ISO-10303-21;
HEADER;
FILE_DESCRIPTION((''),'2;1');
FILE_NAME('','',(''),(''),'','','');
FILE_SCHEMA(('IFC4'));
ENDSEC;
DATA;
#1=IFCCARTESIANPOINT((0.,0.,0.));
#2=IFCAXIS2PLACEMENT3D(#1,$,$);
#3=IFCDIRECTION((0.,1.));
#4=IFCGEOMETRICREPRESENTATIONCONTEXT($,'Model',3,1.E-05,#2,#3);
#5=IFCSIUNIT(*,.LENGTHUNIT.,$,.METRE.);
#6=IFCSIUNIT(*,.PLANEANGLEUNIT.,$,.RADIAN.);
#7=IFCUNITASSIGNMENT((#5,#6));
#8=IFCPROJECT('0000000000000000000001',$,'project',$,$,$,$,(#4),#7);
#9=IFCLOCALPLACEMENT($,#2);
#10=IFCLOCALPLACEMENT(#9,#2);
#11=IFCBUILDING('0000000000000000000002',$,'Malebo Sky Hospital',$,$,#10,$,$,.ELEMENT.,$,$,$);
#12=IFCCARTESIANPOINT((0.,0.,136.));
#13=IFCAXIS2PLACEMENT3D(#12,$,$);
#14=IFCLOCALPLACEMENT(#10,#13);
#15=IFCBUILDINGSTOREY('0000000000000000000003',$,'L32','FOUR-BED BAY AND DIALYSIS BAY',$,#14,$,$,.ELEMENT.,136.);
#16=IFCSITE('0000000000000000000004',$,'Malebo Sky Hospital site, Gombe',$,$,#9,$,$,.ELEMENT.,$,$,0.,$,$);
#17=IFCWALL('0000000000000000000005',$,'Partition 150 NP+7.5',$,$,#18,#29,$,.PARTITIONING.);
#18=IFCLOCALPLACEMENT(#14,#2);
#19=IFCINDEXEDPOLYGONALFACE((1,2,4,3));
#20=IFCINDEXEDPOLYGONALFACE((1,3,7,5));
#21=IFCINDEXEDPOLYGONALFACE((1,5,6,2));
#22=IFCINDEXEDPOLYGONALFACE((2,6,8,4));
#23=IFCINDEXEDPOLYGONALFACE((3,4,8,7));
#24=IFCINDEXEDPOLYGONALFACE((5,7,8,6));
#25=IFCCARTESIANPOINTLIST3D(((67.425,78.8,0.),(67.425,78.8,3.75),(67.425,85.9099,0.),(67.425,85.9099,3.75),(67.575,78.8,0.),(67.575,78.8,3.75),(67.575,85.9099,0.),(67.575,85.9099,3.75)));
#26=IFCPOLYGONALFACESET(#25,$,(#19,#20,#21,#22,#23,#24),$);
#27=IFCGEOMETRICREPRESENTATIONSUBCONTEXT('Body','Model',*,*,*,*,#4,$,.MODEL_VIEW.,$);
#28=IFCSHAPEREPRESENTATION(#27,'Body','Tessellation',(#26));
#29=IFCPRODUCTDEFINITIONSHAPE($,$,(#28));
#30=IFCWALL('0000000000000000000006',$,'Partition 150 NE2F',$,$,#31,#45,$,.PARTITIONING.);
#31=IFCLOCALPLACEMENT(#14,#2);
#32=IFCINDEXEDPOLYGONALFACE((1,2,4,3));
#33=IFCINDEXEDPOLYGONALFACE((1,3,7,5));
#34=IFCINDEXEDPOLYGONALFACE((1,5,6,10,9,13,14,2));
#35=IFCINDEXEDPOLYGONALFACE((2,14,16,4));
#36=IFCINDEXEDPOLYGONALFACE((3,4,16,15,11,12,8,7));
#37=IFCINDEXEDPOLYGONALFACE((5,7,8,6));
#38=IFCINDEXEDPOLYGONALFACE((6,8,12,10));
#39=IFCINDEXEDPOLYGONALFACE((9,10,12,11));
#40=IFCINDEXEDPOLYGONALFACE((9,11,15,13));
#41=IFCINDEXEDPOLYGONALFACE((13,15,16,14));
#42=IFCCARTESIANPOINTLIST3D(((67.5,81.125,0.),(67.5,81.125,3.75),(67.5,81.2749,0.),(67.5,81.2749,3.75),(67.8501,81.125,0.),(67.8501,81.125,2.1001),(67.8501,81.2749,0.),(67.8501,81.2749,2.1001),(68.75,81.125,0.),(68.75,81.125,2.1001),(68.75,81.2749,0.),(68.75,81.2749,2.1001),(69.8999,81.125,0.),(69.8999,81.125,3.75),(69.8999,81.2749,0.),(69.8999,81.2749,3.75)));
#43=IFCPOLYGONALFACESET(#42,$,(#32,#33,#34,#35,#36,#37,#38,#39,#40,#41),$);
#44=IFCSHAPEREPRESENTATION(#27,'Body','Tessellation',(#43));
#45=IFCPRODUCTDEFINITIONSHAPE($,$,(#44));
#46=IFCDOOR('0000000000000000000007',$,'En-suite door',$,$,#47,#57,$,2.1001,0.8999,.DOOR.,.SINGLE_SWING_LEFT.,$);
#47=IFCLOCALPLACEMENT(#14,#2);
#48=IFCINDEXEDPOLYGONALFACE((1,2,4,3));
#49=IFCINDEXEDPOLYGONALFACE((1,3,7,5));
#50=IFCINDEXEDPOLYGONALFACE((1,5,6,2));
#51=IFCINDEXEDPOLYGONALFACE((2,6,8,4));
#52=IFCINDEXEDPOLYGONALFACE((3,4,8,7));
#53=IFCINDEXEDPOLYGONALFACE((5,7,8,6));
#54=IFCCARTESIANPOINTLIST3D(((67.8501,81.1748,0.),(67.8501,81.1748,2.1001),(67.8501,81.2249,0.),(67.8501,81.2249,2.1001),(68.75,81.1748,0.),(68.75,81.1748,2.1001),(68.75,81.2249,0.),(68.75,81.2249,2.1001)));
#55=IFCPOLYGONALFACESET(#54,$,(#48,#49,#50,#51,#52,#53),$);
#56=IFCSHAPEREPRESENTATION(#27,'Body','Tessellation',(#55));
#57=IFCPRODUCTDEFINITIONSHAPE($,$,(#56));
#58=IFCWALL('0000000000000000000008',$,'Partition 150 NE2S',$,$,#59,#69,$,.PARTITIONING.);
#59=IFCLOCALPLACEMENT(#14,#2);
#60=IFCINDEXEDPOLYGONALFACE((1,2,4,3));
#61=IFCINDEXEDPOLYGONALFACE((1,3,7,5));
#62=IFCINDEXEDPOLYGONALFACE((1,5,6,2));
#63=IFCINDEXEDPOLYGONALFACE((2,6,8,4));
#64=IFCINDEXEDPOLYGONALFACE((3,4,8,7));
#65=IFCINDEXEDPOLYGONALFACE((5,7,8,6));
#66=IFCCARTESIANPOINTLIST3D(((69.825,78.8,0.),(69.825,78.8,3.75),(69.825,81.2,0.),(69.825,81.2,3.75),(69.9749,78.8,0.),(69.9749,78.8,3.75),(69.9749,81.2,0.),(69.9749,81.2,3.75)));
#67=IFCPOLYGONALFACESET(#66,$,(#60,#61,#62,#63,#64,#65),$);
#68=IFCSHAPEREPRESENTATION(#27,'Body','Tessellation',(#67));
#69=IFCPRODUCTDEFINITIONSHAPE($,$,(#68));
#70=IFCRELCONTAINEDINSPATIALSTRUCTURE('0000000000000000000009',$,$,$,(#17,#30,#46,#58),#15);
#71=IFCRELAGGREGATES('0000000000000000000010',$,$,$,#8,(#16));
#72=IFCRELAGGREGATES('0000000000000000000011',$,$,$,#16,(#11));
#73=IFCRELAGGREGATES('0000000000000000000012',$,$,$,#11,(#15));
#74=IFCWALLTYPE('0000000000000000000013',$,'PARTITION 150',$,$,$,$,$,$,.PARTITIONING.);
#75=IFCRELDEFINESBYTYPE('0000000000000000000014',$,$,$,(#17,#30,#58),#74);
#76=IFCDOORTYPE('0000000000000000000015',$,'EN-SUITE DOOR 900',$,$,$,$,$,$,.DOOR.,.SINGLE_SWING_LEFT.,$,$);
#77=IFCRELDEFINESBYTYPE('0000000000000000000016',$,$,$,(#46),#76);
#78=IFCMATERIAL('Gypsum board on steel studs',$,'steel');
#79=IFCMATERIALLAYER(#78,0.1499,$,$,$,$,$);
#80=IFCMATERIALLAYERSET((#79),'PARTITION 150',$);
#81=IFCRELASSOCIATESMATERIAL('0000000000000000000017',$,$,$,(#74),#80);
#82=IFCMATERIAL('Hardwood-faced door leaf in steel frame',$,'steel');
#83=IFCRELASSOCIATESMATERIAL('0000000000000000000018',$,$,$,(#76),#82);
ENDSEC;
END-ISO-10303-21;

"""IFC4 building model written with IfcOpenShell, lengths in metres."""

from ifc_helpers import new_model, si_unit, direction, frame, frame_2d, origin, place, context, subcontext, project, spatial, rectangle, extrude, material, layer, layer_set, type_object, element, fill, save


model = new_model("IFC4")

# Units and contexts
model_context = context("Model", 3, precision=1e-05, world=origin(), true_north=direction((0.0, 1.0)))
body_context = subcontext(model_context, "Body", "Model", "MODEL_VIEW")
ifc_project = project(units=[si_unit("LENGTHUNIT", "METRE"), si_unit("PLANEANGLEUNIT", "RADIAN")], contexts=[model_context])

# Site, building, storey
site_placement = place(None, origin())
site = spatial("IfcSite", under=ifc_project, at=site_placement, Name="Malebo Sky Hospital site, Gombe", CompositionType="ELEMENT", RefElevation=0.0)
building_placement = place(site_placement, origin())
building = spatial("IfcBuilding", under=site, at=building_placement, Name="Malebo Sky Hospital", CompositionType="ELEMENT")
storey_placement = place(building_placement, frame((0.0, 0.0, 136.0)))
storey = spatial("IfcBuildingStorey", under=building, at=storey_placement, Name="L32", Description="FOUR-BED BAY AND DIALYSIS BAY", CompositionType="ELEMENT", Elevation=136.0)

# Shared definitions
ifc_material_1 = material(Name="Gypsum board on steel studs", Category="steel")
ifc_material_2 = material(Name="Hardwood-faced door leaf in steel frame", Category="steel")

# Wall
ifc_layer_1 = layer(ifc_material_1, 0.1499)
ifc_layer_set_1 = layer_set([ifc_layer_1], Name="PARTITION 150")
wall_type_1 = type_object("IfcWallType", Name="PARTITION 150", PredefinedType="PARTITIONING", material=ifc_layer_set_1)
wall_1_placement = place(storey_placement, frame((67.5, 78.8, 0.0), z_axis=(0.0, 0.0, 1.0), x_axis=(0.0, 1.0, 0.0)))
element("IfcWall", 1, at=wall_1_placement, inside=storey, type_object=wall_type_1, Name="Partition 150 NP+7.5", PredefinedType="PARTITIONING", context=body_context, shape_type="SweptSolid", body=[
    extrude(rectangle(XDim=7.1099, YDim=0.1499, at=frame_2d((3.5549, 0.0))), origin(), (0.0, 0.0, 1.0), 3.75),
])

# Wall, opening, door
wall_2_placement = place(storey_placement, frame((67.5, 81.2, 0.0), z_axis=(0.0, 0.0, 1.0), x_axis=(1.0, 0.0, 0.0)))
wall_2 = element("IfcWall", 2, at=wall_2_placement, inside=storey, type_object=wall_type_1, Name="Partition 150 NE2F", PredefinedType="PARTITIONING", context=body_context, shape_type="SweptSolid", body=[
    extrude(rectangle(XDim=2.3999, YDim=0.1499, at=frame_2d((1.2, 0.0))), origin(), (0.0, 0.0, 1.0), 3.75),
])
opening_1_placement = place(wall_2_placement, frame((0.3501, 0.0, 0.0)))
opening_1 = element("IfcOpeningElement", 3, at=opening_1_placement, cuts=wall_2, PredefinedType="OPENING", context=body_context, shape_type="SweptSolid", body=[
    extrude(rectangle(XDim=0.8999, YDim=2.1001, at=frame_2d((0.45, 1.05))), frame((0.0, 0.085, 0.0), z_axis=(0.0, -1.0, 0.0), x_axis=(1.0, 0.0, 0.0)), (0.0, 0.0, 1.0), 0.1699),
])
door_type_1 = type_object("IfcDoorType", Name="EN-SUITE DOOR 900", OperationType="SINGLE_SWING_LEFT", PredefinedType="DOOR", material=ifc_material_2)
door_1_placement = place(opening_1_placement, origin())
door_1 = element("IfcDoor", 4, at=door_1_placement, inside=storey, type_object=door_type_1, Name="En-suite door", OperationType="SINGLE_SWING_LEFT", OverallHeight=2.1001, OverallWidth=0.8999, PredefinedType="DOOR", context=body_context, shape_type="SweptSolid", body=[
    extrude(rectangle(XDim=0.8999, YDim=2.1001, at=frame_2d((0.45, 1.05))), frame((0.0, 0.0249, 0.0), z_axis=(0.0, -1.0, 0.0), x_axis=(1.0, 0.0, 0.0)), (0.0, 0.0, 1.0), 0.05),
])
fill(opening_1, door_1)

# Wall
wall_3_placement = place(storey_placement, frame((69.8999, 78.8, 0.0), z_axis=(0.0, 0.0, 1.0), x_axis=(0.0, 1.0, 0.0)))
element("IfcWall", 5, at=wall_3_placement, inside=storey, type_object=wall_type_1, Name="Partition 150 NE2S", PredefinedType="PARTITIONING", context=body_context, shape_type="SweptSolid", body=[
    extrude(rectangle(XDim=2.3999, YDim=0.1499, at=frame_2d((1.2, 0.0))), origin(), (0.0, 0.0, 1.0), 3.75),
])

save(model, "model.ifc")
